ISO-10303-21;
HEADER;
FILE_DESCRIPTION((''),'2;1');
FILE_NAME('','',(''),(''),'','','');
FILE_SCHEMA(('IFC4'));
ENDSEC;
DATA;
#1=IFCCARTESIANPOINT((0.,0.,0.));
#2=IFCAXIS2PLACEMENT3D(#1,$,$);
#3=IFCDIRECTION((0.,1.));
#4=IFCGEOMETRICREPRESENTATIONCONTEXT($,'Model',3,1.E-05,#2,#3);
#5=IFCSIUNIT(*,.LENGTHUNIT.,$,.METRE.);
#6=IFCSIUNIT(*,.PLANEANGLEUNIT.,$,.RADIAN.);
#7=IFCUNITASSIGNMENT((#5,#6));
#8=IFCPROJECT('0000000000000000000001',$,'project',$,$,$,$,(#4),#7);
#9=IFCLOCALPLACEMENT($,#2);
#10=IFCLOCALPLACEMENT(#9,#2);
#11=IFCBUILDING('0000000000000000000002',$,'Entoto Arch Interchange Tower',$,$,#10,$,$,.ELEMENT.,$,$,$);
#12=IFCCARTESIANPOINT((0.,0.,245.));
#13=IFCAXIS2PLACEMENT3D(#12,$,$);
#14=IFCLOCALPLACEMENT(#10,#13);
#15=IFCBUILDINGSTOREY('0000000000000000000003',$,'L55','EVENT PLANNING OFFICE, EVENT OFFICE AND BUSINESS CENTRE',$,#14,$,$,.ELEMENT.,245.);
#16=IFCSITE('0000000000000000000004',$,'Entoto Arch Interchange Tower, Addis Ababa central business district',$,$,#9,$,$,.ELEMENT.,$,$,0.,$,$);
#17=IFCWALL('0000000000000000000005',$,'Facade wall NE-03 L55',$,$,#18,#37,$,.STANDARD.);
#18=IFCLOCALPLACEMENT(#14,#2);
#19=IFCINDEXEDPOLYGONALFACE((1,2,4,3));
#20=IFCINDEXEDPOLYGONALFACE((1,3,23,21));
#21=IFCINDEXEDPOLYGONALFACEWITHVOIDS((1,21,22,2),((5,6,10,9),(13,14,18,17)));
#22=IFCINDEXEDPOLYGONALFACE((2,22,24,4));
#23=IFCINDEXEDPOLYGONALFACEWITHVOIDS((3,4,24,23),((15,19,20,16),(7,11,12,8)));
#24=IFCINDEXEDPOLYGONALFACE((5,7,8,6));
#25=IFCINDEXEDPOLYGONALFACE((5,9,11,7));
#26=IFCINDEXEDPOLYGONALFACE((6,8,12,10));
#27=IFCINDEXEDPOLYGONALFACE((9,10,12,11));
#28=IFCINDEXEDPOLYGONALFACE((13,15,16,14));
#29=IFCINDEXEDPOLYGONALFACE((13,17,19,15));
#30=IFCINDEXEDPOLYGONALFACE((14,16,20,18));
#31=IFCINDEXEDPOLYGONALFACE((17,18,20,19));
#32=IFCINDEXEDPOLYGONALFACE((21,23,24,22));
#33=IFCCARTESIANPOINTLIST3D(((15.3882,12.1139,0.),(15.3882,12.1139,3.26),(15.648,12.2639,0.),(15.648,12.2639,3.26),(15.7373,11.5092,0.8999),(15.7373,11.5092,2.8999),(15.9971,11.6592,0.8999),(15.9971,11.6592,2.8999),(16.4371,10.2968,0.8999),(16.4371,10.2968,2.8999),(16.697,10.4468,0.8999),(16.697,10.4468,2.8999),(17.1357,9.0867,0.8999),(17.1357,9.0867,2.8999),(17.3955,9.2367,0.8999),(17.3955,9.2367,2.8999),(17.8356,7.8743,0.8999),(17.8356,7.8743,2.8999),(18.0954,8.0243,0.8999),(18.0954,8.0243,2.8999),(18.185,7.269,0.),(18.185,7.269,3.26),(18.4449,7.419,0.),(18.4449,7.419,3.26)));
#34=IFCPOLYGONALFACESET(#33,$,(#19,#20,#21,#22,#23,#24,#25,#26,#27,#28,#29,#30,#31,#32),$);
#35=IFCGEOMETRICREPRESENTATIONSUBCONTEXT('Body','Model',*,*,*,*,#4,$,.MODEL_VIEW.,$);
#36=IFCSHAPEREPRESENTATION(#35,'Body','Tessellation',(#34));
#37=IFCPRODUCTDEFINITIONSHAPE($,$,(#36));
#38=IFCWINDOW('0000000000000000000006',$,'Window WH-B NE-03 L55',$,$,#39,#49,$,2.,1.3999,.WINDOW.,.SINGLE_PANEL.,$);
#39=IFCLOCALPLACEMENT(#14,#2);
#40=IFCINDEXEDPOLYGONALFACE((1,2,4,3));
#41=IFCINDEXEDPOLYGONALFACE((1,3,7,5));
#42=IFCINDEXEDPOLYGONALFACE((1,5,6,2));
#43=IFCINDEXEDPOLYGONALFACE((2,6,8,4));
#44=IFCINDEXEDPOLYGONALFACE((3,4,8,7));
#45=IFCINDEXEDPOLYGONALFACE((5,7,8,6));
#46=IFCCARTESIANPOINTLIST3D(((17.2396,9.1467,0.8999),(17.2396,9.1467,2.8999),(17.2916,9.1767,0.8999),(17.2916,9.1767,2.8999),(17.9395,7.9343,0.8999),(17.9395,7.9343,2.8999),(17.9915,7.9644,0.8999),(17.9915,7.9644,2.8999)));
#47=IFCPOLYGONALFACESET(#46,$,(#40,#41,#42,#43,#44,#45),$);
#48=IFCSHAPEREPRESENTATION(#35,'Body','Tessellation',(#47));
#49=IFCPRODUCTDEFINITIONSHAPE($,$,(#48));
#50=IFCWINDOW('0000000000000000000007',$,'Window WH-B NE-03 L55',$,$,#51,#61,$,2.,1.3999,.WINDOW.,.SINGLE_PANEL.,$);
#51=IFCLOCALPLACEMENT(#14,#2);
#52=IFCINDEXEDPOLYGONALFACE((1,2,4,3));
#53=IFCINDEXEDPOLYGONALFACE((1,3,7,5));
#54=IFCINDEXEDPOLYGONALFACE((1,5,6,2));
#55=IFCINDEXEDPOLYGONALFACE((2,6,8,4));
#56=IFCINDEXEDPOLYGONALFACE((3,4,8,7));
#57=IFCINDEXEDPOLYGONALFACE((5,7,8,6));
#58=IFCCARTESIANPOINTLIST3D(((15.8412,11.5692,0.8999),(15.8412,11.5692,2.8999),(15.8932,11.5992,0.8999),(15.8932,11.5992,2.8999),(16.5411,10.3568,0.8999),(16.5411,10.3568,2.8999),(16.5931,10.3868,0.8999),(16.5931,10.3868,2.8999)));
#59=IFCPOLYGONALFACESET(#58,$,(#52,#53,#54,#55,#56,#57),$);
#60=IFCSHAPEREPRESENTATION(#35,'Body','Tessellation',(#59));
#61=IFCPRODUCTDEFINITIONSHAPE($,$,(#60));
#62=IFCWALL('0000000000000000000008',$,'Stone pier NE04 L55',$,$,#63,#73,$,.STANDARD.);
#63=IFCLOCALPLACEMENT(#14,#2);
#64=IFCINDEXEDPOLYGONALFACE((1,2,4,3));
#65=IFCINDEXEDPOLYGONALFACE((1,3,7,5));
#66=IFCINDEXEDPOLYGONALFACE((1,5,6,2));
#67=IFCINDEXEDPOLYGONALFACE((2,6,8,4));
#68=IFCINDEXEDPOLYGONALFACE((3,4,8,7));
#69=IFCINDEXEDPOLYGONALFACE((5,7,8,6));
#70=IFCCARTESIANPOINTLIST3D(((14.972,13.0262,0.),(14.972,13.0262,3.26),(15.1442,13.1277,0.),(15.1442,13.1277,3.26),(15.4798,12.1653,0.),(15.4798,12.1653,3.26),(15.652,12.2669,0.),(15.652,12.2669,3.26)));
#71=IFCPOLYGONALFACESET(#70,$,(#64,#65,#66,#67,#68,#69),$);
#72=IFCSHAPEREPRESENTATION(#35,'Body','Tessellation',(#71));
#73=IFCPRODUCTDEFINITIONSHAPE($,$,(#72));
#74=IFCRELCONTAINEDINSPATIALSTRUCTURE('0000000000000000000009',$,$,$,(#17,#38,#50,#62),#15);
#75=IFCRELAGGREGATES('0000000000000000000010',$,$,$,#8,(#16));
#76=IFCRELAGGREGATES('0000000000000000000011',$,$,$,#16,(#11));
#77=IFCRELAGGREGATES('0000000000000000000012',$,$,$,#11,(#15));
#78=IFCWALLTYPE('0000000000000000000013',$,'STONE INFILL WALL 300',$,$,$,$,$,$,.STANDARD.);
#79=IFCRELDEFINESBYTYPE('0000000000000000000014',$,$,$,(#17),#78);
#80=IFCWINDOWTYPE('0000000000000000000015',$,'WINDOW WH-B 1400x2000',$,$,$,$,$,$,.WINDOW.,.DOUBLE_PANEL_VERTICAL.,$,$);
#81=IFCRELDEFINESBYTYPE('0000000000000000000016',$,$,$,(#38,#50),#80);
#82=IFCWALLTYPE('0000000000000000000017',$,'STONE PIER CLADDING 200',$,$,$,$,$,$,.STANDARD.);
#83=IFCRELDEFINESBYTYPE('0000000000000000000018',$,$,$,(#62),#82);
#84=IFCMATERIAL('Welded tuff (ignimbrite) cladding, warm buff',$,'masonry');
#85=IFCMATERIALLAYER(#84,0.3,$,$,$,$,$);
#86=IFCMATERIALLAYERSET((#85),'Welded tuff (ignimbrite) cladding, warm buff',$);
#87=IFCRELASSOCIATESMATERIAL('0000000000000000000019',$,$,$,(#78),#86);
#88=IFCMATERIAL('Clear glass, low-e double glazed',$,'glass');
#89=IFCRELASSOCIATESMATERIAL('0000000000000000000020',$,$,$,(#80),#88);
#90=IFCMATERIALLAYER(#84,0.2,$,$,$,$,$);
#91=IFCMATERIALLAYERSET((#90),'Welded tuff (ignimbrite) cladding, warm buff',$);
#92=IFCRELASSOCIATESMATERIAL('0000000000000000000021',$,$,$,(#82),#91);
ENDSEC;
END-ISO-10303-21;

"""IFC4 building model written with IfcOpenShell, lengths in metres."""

from ifc_helpers import new_model, si_unit, direction, frame, frame_2d, origin, place, context, subcontext, project, spatial, rectangle, extrude, material, layer, layer_set, type_object, element, fill, save


model = new_model("IFC4")

# Units and contexts
model_context = context("Model", 3, precision=1e-05, world=origin(), true_north=direction((0.0, 1.0)))
body_context = subcontext(model_context, "Body", "Model", "MODEL_VIEW")
ifc_project = project(units=[si_unit("LENGTHUNIT", "METRE"), si_unit("PLANEANGLEUNIT", "RADIAN")], contexts=[model_context])

# Site, building, storey
site_placement = place(None, origin())
site = spatial("IfcSite", under=ifc_project, at=site_placement, Name="Entoto Arch Interchange Tower, Addis Ababa central business district", CompositionType="ELEMENT", RefElevation=0.0)
building_placement = place(site_placement, origin())
building = spatial("IfcBuilding", under=site, at=building_placement, Name="Entoto Arch Interchange Tower", CompositionType="ELEMENT")
storey_placement = place(building_placement, frame((0.0, 0.0, 245.0)))
storey = spatial("IfcBuildingStorey", under=building, at=storey_placement, Name="L55", Description="EVENT PLANNING OFFICE, EVENT OFFICE AND BUSINESS CENTRE", CompositionType="ELEMENT", Elevation=245.0)

# Wall, openings, windows
ifc_material_1 = material(Name="Welded tuff (ignimbrite) cladding, warm buff", Category="masonry")
ifc_layer_1 = layer(ifc_material_1, 0.3)
ifc_layer_set_1 = layer_set([ifc_layer_1], Name="Welded tuff (ignimbrite) cladding, warm buff")
wall_type_1 = type_object("IfcWallType", Name="STONE INFILL WALL 300", PredefinedType="STANDARD", material=ifc_layer_set_1)
wall_1_placement = place(storey_placement, frame((18.3149, 7.344, 0.0), z_axis=(0.0, 0.0, 1.0), x_axis=(-0.49995, 0.866054, 0.0)))
wall_1 = element("IfcWall", 1, at=wall_1_placement, inside=storey, type_object=wall_type_1, Name="Facade wall NE-03 L55", PredefinedType="STANDARD", context=body_context, shape_type="SweptSolid", body=[
    extrude(rectangle(XDim=5.5942, YDim=0.3, at=frame_2d((2.7971, 0.0))), origin(), (0.0, 0.0, 1.0), 3.26),
])
opening_1_placement = place(wall_1_placement, frame((0.699, 0.0, 0.8999)))
opening_1 = element("IfcOpeningElement", 2, at=opening_1_placement, cuts=wall_1, PredefinedType="OPENING", context=body_context, shape_type="SweptSolid", body=[
    extrude(rectangle(XDim=1.3999, YDim=2.0, at=frame_2d((0.7, 1.0))), frame((0.0, 0.1602, 0.0), z_axis=(0.0, -1.0, 0.0), x_axis=(1.0, 0.0, 0.0)), (0.0, 0.0, 1.0), 0.3201),
])
opening_2_placement = place(wall_1_placement, frame((3.4961, 0.0, 0.8999)))
opening_2 = element("IfcOpeningElement", 3, at=opening_2_placement, cuts=wall_1, PredefinedType="OPENING", context=body_context, shape_type="SweptSolid", body=[
    extrude(rectangle(XDim=1.3999, YDim=2.0, at=frame_2d((0.7, 1.0))), frame((0.0, 0.1602, 0.0), z_axis=(0.0, -1.0, 0.0), x_axis=(1.0, 0.0, 0.0)), (0.0, 0.0, 1.0), 0.3201),
])
ifc_material_2 = material(Name="Clear glass, low-e double glazed", Category="glass")
window_type = type_object("IfcWindowType", Name="WINDOW WH-B 1400x2000", PartitioningType="DOUBLE_PANEL_VERTICAL", PredefinedType="WINDOW", material=ifc_material_2)
window_1_placement = place(opening_1_placement, origin())
window_1 = element("IfcWindow", 4, at=window_1_placement, inside=storey, type_object=window_type, Name="Window WH-B NE-03 L55", OverallHeight=2.0, OverallWidth=1.3999, PartitioningType="SINGLE_PANEL", PredefinedType="WINDOW", context=body_context, shape_type="SweptSolid", body=[
    extrude(rectangle(XDim=1.3999, YDim=2.0, at=frame_2d((0.7, 1.0))), frame((0.0, 0.03, 0.0), z_axis=(0.0, -1.0, 0.0), x_axis=(1.0, 0.0, 0.0)), (0.0, 0.0, 1.0), 0.0601),
])
fill(opening_1, window_1)
window_2_placement = place(opening_2_placement, origin())
window_2 = element("IfcWindow", 5, at=window_2_placement, inside=storey, type_object=window_type, Name="Window WH-B NE-03 L55", OverallHeight=2.0, OverallWidth=1.3999, PartitioningType="SINGLE_PANEL", PredefinedType="WINDOW", context=body_context, shape_type="SweptSolid", body=[
    extrude(rectangle(XDim=1.3999, YDim=2.0, at=frame_2d((0.7, 1.0))), frame((0.0, 0.03, 0.0), z_axis=(0.0, -1.0, 0.0), x_axis=(1.0, 0.0, 0.0)), (0.0, 0.0, 1.0), 0.0601),
])
fill(opening_2, window_2)

# Wall
ifc_layer_2 = layer(ifc_material_1, 0.2)
ifc_layer_set_2 = layer_set([ifc_layer_2], Name="Welded tuff (ignimbrite) cladding, warm buff")
wall_type_2 = type_object("IfcWallType", Name="STONE PIER CLADDING 200", PredefinedType="STANDARD", material=ifc_layer_set_2)
wall_2_placement = place(storey_placement, frame((15.5659, 12.2161, 0.0), z_axis=(0.0, 0.0, 1.0), x_axis=(-0.508087, 0.861306, 0.0)))
element("IfcWall", 6, at=wall_2_placement, inside=storey, type_object=wall_type_2, Name="Stone pier NE04 L55", PredefinedType="STANDARD", context=body_context, shape_type="SweptSolid", body=[
    extrude(rectangle(XDim=0.9995, YDim=0.2, at=frame_2d((0.4998, 0.0))), origin(), (0.0, 0.0, 1.0), 3.26),
])

save(model, "model.ifc")
